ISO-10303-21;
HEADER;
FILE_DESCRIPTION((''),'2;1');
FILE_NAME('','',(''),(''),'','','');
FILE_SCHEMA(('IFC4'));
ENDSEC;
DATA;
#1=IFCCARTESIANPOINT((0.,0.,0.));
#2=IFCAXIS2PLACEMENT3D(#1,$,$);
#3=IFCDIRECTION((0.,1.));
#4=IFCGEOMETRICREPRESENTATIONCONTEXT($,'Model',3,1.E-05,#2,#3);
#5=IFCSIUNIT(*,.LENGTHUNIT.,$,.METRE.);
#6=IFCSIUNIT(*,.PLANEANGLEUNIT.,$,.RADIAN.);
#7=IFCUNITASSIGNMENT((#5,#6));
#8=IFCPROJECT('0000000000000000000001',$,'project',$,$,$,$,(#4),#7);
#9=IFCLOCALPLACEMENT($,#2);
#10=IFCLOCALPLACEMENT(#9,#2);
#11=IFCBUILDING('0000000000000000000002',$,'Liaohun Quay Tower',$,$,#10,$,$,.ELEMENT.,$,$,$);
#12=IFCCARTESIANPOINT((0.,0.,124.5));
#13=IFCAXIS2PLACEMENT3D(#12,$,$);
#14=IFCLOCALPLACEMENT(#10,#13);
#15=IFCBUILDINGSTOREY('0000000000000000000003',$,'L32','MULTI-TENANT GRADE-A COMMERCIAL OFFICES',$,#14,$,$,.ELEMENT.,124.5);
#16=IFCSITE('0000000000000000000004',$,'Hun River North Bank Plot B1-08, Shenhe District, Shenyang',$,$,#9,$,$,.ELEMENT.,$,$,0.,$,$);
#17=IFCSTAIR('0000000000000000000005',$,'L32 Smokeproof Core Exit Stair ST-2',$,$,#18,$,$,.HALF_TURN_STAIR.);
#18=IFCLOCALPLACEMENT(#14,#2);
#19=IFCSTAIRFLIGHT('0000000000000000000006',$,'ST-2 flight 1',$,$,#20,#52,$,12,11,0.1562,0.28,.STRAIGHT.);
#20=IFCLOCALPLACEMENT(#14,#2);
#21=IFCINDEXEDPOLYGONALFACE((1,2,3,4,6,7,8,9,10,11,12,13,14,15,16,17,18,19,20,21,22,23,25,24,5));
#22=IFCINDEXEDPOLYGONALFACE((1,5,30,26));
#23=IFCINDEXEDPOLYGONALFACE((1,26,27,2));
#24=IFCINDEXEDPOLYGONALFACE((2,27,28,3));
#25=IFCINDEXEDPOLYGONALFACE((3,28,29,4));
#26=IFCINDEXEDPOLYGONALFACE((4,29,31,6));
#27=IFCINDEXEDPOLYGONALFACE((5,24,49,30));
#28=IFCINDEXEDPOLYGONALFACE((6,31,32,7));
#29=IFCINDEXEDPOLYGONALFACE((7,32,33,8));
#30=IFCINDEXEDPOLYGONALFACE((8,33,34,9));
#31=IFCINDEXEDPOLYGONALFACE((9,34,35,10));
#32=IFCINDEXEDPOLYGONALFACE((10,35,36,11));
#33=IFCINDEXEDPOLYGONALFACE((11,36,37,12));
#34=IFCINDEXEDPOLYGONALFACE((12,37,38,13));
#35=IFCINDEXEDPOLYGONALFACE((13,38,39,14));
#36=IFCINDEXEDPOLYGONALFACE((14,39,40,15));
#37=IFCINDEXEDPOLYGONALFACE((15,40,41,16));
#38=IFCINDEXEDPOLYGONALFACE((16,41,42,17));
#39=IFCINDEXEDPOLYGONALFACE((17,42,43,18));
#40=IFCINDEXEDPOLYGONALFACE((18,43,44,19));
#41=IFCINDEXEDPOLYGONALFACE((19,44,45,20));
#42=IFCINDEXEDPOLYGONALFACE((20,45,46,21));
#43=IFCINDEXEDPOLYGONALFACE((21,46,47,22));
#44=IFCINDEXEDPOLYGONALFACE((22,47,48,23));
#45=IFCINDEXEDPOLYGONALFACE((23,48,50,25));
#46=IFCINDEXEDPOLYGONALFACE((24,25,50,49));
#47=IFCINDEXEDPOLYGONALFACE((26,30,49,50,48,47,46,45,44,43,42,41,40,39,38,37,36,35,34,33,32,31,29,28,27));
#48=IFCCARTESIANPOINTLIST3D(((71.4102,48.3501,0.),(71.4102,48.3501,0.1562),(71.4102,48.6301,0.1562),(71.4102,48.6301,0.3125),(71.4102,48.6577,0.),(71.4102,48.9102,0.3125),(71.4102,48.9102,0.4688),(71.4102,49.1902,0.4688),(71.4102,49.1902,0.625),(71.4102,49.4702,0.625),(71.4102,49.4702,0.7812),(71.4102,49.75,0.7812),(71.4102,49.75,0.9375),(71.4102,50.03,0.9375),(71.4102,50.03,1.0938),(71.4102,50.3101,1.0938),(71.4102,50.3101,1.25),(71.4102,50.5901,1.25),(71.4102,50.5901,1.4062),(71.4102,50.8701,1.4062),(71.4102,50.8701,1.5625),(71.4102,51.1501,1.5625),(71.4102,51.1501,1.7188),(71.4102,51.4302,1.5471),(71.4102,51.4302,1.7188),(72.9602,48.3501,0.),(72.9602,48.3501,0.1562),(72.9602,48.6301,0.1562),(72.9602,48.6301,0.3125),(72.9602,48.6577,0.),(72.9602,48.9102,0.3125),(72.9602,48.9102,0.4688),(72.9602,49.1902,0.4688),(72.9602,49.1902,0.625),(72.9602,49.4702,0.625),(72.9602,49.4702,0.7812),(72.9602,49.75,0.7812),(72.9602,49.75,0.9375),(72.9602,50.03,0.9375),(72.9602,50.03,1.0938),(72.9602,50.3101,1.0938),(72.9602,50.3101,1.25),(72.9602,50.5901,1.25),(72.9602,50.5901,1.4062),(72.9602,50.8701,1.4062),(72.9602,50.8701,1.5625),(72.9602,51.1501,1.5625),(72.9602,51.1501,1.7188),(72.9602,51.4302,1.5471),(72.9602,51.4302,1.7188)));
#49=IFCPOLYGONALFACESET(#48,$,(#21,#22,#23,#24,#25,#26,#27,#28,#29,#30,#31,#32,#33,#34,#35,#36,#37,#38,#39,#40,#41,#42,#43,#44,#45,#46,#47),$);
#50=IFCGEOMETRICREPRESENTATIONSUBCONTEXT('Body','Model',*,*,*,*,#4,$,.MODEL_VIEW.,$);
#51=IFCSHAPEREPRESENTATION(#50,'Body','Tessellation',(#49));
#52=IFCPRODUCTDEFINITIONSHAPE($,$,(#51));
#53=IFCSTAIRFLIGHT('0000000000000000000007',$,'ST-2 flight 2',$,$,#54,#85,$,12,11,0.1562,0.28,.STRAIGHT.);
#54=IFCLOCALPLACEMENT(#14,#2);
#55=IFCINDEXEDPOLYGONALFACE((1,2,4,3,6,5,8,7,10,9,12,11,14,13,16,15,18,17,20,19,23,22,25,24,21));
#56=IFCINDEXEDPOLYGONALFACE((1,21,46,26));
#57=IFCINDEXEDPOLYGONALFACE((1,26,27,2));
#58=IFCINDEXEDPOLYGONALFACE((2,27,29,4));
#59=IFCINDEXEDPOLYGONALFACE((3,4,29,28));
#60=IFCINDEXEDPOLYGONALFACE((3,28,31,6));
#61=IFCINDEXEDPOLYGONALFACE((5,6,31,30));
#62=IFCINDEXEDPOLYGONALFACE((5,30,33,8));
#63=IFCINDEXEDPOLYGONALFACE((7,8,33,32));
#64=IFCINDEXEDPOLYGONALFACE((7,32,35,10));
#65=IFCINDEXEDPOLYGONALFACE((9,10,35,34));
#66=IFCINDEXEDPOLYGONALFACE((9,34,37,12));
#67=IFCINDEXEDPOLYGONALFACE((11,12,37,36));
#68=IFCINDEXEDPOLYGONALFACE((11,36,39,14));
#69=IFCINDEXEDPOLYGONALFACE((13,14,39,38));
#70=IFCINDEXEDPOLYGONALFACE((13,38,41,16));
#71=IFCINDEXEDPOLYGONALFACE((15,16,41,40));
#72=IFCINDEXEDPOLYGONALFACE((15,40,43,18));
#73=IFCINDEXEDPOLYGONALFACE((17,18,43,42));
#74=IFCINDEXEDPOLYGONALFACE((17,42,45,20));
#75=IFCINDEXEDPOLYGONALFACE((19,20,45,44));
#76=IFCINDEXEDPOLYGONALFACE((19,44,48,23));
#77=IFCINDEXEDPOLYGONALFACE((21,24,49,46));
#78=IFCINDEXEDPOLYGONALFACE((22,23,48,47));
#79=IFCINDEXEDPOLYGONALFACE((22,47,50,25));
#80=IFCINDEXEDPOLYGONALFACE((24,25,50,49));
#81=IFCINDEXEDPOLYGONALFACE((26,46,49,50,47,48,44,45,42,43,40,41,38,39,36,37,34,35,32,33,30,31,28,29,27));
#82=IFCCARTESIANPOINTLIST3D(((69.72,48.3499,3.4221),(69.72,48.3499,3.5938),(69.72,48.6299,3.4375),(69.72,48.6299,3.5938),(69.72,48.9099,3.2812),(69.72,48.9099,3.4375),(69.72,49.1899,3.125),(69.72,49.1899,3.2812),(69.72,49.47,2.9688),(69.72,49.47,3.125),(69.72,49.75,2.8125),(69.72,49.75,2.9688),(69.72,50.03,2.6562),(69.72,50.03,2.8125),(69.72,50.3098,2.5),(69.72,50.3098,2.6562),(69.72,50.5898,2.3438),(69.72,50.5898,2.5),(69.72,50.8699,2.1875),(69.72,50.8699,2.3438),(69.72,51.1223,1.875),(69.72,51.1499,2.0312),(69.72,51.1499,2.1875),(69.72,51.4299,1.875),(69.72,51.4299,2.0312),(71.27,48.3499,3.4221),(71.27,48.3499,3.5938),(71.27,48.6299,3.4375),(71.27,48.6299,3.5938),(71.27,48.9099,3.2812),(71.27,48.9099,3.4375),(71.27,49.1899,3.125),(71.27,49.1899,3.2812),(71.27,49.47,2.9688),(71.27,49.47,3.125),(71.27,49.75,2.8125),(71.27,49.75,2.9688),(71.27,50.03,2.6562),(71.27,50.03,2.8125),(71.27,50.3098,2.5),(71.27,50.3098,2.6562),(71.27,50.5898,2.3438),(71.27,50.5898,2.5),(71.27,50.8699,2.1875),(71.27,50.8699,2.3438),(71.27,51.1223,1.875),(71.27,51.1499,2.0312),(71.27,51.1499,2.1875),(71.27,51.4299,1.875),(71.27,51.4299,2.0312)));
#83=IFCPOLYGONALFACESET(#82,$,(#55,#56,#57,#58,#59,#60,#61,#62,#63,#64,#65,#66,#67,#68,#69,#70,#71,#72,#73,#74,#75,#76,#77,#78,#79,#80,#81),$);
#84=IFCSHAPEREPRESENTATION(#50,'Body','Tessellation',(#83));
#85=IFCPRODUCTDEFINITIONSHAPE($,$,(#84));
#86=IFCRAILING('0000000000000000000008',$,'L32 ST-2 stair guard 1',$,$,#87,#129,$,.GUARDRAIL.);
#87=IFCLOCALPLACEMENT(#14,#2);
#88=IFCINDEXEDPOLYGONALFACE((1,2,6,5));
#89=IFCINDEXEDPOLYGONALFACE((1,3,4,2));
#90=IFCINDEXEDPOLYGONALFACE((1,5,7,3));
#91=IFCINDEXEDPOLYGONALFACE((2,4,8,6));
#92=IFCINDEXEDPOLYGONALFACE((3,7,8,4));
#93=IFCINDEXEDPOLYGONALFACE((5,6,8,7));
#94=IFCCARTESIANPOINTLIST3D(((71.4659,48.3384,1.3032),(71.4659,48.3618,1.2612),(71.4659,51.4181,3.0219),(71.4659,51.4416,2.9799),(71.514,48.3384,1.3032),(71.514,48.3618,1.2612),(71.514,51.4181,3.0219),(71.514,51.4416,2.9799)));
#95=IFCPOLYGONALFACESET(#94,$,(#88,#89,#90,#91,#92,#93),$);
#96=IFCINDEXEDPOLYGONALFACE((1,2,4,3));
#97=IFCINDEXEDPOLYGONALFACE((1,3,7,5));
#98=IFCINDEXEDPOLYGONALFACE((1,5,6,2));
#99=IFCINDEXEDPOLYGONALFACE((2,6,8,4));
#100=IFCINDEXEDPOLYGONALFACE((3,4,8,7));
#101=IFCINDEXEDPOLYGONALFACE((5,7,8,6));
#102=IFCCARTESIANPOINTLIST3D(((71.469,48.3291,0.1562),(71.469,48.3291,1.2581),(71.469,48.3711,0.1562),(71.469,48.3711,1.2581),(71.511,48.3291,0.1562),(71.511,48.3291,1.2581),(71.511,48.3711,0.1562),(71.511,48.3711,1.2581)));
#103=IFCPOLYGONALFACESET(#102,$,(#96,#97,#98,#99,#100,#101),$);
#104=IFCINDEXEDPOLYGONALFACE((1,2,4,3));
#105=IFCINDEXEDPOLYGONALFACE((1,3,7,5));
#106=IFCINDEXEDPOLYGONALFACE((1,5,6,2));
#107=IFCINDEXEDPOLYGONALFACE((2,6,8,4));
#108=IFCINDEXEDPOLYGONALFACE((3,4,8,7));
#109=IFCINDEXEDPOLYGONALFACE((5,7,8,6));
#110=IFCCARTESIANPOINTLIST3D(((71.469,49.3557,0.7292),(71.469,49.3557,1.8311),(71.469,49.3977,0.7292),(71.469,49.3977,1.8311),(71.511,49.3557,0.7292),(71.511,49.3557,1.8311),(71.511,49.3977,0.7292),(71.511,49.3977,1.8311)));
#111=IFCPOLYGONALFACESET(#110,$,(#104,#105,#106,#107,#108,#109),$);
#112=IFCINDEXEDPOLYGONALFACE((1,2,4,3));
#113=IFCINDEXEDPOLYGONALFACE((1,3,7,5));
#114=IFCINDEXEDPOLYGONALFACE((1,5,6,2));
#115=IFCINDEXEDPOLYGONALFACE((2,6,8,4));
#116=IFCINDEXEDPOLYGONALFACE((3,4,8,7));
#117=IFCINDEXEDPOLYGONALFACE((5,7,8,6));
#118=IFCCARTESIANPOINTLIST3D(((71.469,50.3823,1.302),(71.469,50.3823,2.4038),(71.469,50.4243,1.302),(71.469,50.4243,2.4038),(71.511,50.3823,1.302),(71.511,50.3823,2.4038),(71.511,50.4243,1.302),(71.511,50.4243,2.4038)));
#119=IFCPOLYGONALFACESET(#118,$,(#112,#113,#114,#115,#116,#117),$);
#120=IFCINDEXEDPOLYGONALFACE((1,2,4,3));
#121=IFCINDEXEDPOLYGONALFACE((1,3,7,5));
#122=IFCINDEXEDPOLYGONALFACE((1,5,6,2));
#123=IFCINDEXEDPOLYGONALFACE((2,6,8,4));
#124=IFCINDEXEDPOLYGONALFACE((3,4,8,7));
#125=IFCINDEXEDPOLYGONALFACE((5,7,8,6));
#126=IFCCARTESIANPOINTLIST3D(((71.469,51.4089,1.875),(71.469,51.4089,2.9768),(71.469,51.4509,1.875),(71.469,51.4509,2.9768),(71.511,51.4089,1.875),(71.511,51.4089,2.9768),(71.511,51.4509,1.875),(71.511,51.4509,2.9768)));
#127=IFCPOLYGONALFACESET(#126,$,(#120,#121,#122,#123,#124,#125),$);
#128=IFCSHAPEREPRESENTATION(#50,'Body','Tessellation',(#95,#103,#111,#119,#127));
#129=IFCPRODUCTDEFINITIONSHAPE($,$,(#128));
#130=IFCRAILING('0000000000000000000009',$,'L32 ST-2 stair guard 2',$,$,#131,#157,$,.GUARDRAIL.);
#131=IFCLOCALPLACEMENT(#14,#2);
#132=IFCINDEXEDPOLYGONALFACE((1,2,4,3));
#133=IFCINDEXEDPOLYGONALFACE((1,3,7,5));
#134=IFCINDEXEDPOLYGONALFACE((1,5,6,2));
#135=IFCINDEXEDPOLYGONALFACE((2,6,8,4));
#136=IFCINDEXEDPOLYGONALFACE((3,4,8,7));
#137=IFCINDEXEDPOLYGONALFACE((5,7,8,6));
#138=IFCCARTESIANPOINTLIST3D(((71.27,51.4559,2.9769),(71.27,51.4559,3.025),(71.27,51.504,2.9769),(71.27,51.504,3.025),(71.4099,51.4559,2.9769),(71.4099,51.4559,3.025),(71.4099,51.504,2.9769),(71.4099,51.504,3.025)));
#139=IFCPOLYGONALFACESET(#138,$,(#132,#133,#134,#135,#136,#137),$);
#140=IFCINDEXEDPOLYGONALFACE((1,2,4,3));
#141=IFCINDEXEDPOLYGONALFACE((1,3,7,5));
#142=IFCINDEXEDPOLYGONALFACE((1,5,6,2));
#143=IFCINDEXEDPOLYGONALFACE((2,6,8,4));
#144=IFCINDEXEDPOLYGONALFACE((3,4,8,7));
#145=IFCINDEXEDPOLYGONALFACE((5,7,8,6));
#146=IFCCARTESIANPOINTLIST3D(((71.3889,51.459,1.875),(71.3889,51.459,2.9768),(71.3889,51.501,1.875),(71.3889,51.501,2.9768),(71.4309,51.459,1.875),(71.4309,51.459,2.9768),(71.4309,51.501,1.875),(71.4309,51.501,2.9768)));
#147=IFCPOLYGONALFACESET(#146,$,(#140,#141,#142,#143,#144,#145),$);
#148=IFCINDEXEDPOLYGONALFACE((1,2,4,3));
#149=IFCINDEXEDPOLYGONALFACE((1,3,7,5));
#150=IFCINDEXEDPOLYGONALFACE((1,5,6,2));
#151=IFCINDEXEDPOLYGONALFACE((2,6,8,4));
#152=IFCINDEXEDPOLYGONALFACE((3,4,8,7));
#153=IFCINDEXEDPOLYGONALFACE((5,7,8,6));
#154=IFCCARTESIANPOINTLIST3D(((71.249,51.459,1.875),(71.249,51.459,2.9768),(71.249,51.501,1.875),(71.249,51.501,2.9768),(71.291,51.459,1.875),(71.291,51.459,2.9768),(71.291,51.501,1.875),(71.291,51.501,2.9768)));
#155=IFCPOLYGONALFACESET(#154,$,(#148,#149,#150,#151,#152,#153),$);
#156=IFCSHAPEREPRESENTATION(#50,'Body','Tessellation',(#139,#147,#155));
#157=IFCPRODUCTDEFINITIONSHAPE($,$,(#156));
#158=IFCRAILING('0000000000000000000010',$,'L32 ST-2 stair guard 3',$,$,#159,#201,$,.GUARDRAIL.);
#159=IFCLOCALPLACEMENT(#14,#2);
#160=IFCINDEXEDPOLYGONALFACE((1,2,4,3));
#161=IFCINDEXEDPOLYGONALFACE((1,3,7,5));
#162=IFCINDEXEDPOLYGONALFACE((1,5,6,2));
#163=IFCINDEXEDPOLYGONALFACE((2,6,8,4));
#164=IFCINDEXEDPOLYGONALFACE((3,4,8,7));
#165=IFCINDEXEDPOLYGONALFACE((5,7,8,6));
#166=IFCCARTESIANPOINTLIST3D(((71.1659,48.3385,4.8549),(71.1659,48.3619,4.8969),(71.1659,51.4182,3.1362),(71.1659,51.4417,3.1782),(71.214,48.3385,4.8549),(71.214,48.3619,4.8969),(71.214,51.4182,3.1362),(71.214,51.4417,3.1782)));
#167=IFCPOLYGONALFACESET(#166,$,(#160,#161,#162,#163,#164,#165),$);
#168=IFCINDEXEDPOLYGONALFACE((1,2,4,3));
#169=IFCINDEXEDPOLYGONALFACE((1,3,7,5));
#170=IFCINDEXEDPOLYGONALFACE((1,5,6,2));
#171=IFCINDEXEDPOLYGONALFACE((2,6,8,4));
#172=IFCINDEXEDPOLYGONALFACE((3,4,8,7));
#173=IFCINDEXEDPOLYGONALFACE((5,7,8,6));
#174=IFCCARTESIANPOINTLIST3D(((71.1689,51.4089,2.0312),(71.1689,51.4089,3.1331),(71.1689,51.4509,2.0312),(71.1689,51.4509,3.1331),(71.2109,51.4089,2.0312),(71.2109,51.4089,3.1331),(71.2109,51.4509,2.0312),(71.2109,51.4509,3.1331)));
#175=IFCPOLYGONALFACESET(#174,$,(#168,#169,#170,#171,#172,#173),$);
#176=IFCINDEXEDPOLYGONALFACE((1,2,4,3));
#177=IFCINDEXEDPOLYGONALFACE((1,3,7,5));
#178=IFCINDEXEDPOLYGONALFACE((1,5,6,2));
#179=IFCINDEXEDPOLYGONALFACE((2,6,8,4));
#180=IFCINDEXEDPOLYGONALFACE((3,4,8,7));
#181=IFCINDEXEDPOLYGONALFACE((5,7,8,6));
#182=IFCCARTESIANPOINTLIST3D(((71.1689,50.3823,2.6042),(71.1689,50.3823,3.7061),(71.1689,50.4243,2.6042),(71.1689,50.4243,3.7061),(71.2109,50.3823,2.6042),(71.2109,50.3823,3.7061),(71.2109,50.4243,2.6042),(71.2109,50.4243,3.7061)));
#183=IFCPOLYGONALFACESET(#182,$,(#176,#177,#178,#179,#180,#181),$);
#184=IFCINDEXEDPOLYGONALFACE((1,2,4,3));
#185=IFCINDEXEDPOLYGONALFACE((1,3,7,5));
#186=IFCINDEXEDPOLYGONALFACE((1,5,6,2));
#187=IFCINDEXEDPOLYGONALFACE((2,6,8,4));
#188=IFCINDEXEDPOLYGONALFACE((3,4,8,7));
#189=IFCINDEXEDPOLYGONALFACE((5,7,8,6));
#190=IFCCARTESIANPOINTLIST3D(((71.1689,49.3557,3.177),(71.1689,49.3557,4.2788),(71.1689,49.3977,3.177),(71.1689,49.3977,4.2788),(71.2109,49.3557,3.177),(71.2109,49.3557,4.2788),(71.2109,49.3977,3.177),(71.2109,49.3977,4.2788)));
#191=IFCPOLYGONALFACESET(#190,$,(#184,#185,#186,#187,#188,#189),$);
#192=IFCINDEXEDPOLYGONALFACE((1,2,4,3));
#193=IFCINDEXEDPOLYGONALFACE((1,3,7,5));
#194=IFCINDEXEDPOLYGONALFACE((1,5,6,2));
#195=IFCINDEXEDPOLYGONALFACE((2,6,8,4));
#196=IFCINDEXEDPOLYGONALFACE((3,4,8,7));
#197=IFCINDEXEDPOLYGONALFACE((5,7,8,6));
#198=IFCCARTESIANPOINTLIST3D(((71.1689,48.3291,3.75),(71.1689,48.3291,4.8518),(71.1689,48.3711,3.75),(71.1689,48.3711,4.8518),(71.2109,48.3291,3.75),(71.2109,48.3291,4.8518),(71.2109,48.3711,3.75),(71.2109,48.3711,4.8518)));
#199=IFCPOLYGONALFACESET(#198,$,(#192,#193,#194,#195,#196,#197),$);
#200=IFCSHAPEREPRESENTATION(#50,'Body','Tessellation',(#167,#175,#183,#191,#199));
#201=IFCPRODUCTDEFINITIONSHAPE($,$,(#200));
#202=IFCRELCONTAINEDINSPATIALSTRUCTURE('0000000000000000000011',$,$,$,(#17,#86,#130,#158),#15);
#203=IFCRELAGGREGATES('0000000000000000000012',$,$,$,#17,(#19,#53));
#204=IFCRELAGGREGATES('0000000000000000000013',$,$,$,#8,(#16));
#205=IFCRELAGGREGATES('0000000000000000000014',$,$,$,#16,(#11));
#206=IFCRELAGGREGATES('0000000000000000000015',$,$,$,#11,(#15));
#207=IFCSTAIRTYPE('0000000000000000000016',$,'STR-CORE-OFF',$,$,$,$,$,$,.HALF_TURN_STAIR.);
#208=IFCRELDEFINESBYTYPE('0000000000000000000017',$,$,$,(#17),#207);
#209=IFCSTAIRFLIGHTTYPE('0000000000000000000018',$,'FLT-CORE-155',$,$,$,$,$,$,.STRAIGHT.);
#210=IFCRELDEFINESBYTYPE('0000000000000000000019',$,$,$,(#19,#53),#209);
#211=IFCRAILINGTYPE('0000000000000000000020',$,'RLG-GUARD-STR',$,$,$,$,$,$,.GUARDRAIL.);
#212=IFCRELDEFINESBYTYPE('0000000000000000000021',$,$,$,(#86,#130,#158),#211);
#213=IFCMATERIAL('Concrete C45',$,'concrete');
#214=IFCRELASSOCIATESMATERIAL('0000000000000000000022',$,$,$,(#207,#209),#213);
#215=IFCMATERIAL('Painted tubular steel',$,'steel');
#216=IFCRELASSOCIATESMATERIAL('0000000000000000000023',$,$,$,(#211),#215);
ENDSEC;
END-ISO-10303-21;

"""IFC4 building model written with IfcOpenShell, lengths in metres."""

from ifc_helpers import new_model, si_unit, direction, frame, origin, origin_2d, place, context, subcontext, project, spatial, polyline, rectangle, outline, extrude, material, type_object, element, aggregate, save


model = new_model("IFC4")

# Units and contexts
model_context = context("Model", 3, precision=1e-05, world=origin(), true_north=direction((0.0, 1.0)))
body_context = subcontext(model_context, "Body", "Model", "MODEL_VIEW")
ifc_project = project(units=[si_unit("LENGTHUNIT", "METRE"), si_unit("PLANEANGLEUNIT", "RADIAN")], contexts=[model_context])

# Site, building, storey
site_placement = place(None, origin())
site = spatial("IfcSite", under=ifc_project, at=site_placement, Name="Hun River North Bank Plot B1-08, Shenhe District, Shenyang", CompositionType="ELEMENT", RefElevation=0.0)
building_placement = place(site_placement, origin())
building = spatial("IfcBuilding", under=site, at=building_placement, Name="Liaohun Quay Tower", CompositionType="ELEMENT")
storey_placement = place(building_placement, frame((0.0, 0.0, 124.5)))
storey = spatial("IfcBuildingStorey", under=building, at=storey_placement, Name="L32", Description="MULTI-TENANT GRADE-A COMMERCIAL OFFICES", CompositionType="ELEMENT", Elevation=124.5)

# Stair, stair flights
ifc_material_1 = material(Name="Concrete C45", Category="concrete")
stair_type = type_object("IfcStairType", Name="STR-CORE-OFF", PredefinedType="HALF_TURN_STAIR", material=ifc_material_1)
stair_placement = place(storey_placement, origin())
stair = element("IfcStair", 1, at=stair_placement, inside=storey, type_object=stair_type, Name="L32 Smokeproof Core Exit Stair ST-2", PredefinedType="HALF_TURN_STAIR")
stair_flight_type = type_object("IfcStairFlightType", Name="FLT-CORE-155", PredefinedType="STRAIGHT", material=ifc_material_1)
stair_flight_1_placement = place(storey_placement, frame((72.1851, 48.3501, 0.0), z_axis=(0.0, 0.0, 1.0), x_axis=(0.0, 1.0, 0.0)))
stair_flight_1 = element("IfcStairFlight", 2, at=stair_flight_1_placement, type_object=stair_flight_type, Name="ST-2 flight 1", NumberOfRisers=12, NumberOfTreads=11, PredefinedType="STRAIGHT", RiserHeight=0.1562, TreadLength=0.28, context=body_context, shape_type="SweptSolid", body=[
    extrude(outline(polyline([(0.0, 0.0), (0.0, 0.1562), (0.28, 0.1562), (0.28, 0.3125), (0.5601, 0.3125), (0.5601, 0.4688), (0.8401, 0.4688), (0.8401, 0.625), (1.1201, 0.625), (1.1201, 0.7812), (1.3999, 0.7812), (1.3999, 0.9375), (1.6799, 0.9375), (1.6799, 1.0938), (1.96, 1.0938), (1.96, 1.25), (2.24, 1.25), (2.24, 1.4062), (2.52, 1.4062), (2.52, 1.5625), (2.8, 1.5625), (2.8, 1.7188), (3.0801, 1.7188), (3.0801, 1.875), (3.0801, 1.5471), (0.3076, 0.0), (0.0, 0.0)])), frame((0.0, 0.7749, 0.0), z_axis=(0.0, -1.0, 0.0), x_axis=(1.0, 0.0, 0.0)), (0.0, 0.0, 1.0), 1.55),
])
stair_flight_2_placement = place(storey_placement, frame((70.4951, 51.4299, 1.875), z_axis=(0.0, 0.0, 1.0), x_axis=(0.0, -1.0, 0.0)))
stair_flight_2 = element("IfcStairFlight", 3, at=stair_flight_2_placement, type_object=stair_flight_type, Name="ST-2 flight 2", NumberOfRisers=12, NumberOfTreads=11, PredefinedType="STRAIGHT", RiserHeight=0.1562, TreadLength=0.28, context=body_context, shape_type="SweptSolid", body=[
    extrude(outline(polyline([(0.0, 0.0), (0.0, 0.1562), (0.28, 0.1562), (0.28, 0.3125), (0.5601, 0.3125), (0.5601, 0.4688), (0.8401, 0.4688), (0.8401, 0.625), (1.1201, 0.625), (1.1201, 0.7812), (1.3999, 0.7812), (1.3999, 0.9375), (1.6799, 0.9375), (1.6799, 1.0938), (1.96, 1.0938), (1.96, 1.25), (2.24, 1.25), (2.24, 1.4062), (2.52, 1.4062), (2.52, 1.5625), (2.8, 1.5625), (2.8, 1.7188), (3.0801, 1.7188), (3.0801, 1.875), (3.0801, 1.5471), (0.3076, 0.0), (0.0, 0.0)])), frame((0.0, 0.7749, 0.0), z_axis=(0.0, -1.0, 0.0), x_axis=(1.0, 0.0, 0.0)), (0.0, 0.0, 1.0), 1.55),
])
aggregate(stair, [stair_flight_1, stair_flight_2])

# Railings
ifc_material_2 = material(Name="Painted tubular steel", Category="steel")
railing_type_1 = type_object("IfcRailingType", Name="RLG-GUARD-STR", PredefinedType="GUARDRAIL", material=ifc_material_2)
railing_1_placement = place(storey_placement, frame((71.49, 48.3501, 0.1562)))
element("IfcRailing", 4, at=railing_1_placement, inside=storey, type_object=railing_type_1, Name="L32 ST-2 stair guard 1", PredefinedType="GUARDRAIL", context=body_context, shape_type="SweptSolid", body=[
    extrude(rectangle(XDim=0.0481, YDim=0.0481, at=origin_2d()), frame((0.0, 0.0, 1.126), z_axis=(0.0, 0.873225, 0.487317), x_axis=(-1.0, 0.0, 0.0)), (0.0, 0.0, 1.0), 3.5269),
    extrude(rectangle(XDim=0.042, YDim=0.042, at=origin_2d()), origin(), (0.0, 0.0, 1.0), 1.1018),
    extrude(rectangle(XDim=0.042, YDim=0.042, at=origin_2d()), frame((0.0, 1.0266, 0.573)), (0.0, 0.0, 1.0), 1.1018),
    extrude(rectangle(XDim=0.042, YDim=0.042, at=origin_2d()), frame((0.0, 2.0532, 1.1458)), (0.0, 0.0, 1.0), 1.1018),
    extrude(rectangle(XDim=0.042, YDim=0.042, at=origin_2d()), frame((0.0, 3.0798, 1.7188)), (0.0, 0.0, 1.0), 1.1018),
])
railing_2_placement = place(storey_placement, frame((71.4099, 51.48, 1.875)))
element("IfcRailing", 5, at=railing_2_placement, inside=storey, type_object=railing_type_1, Name="L32 ST-2 stair guard 2", PredefinedType="GUARDRAIL", context=body_context, shape_type="SweptSolid", body=[
    extrude(rectangle(XDim=0.0481, YDim=0.0481, at=origin_2d()), frame((0.0, 0.0, 1.126), z_axis=(-1.0, 0.0, 0.0), x_axis=(0.0, -1.0, 0.0)), (0.0, 0.0, 1.0), 0.1399),
    extrude(rectangle(XDim=0.042, YDim=0.042, at=origin_2d()), origin(), (0.0, 0.0, 1.0), 1.1018),
    extrude(rectangle(XDim=0.042, YDim=0.042, at=origin_2d()), frame((-0.1399, 0.0, 0.0)), (0.0, 0.0, 1.0), 1.1018),
])
railing_3_placement = place(storey_placement, frame((71.1899, 51.4299, 2.0312)))
element("IfcRailing", 6, at=railing_3_placement, inside=storey, type_object=railing_type_1, Name="L32 ST-2 stair guard 3", PredefinedType="GUARDRAIL", context=body_context, shape_type="SweptSolid", body=[
    extrude(rectangle(XDim=0.0481, YDim=0.0481, at=origin_2d()), frame((0.0, 0.0, 1.126), z_axis=(0.0, -0.873225, 0.487317), x_axis=(1.0, 0.0, 0.0)), (0.0, 0.0, 1.0), 3.5269),
    extrude(rectangle(XDim=0.042, YDim=0.042, at=origin_2d()), origin(), (0.0, 0.0, 1.0), 1.1018),
    extrude(rectangle(XDim=0.042, YDim=0.042, at=origin_2d()), frame((0.0, -1.0266, 0.573)), (0.0, 0.0, 1.0), 1.1018),
    extrude(rectangle(XDim=0.042, YDim=0.042, at=origin_2d()), frame((0.0, -2.0532, 1.1458)), (0.0, 0.0, 1.0), 1.1018),
    extrude(rectangle(XDim=0.042, YDim=0.042, at=origin_2d()), frame((0.0, -3.0798, 1.7188)), (0.0, 0.0, 1.0), 1.1018),
])

save(model, "model.ifc")
